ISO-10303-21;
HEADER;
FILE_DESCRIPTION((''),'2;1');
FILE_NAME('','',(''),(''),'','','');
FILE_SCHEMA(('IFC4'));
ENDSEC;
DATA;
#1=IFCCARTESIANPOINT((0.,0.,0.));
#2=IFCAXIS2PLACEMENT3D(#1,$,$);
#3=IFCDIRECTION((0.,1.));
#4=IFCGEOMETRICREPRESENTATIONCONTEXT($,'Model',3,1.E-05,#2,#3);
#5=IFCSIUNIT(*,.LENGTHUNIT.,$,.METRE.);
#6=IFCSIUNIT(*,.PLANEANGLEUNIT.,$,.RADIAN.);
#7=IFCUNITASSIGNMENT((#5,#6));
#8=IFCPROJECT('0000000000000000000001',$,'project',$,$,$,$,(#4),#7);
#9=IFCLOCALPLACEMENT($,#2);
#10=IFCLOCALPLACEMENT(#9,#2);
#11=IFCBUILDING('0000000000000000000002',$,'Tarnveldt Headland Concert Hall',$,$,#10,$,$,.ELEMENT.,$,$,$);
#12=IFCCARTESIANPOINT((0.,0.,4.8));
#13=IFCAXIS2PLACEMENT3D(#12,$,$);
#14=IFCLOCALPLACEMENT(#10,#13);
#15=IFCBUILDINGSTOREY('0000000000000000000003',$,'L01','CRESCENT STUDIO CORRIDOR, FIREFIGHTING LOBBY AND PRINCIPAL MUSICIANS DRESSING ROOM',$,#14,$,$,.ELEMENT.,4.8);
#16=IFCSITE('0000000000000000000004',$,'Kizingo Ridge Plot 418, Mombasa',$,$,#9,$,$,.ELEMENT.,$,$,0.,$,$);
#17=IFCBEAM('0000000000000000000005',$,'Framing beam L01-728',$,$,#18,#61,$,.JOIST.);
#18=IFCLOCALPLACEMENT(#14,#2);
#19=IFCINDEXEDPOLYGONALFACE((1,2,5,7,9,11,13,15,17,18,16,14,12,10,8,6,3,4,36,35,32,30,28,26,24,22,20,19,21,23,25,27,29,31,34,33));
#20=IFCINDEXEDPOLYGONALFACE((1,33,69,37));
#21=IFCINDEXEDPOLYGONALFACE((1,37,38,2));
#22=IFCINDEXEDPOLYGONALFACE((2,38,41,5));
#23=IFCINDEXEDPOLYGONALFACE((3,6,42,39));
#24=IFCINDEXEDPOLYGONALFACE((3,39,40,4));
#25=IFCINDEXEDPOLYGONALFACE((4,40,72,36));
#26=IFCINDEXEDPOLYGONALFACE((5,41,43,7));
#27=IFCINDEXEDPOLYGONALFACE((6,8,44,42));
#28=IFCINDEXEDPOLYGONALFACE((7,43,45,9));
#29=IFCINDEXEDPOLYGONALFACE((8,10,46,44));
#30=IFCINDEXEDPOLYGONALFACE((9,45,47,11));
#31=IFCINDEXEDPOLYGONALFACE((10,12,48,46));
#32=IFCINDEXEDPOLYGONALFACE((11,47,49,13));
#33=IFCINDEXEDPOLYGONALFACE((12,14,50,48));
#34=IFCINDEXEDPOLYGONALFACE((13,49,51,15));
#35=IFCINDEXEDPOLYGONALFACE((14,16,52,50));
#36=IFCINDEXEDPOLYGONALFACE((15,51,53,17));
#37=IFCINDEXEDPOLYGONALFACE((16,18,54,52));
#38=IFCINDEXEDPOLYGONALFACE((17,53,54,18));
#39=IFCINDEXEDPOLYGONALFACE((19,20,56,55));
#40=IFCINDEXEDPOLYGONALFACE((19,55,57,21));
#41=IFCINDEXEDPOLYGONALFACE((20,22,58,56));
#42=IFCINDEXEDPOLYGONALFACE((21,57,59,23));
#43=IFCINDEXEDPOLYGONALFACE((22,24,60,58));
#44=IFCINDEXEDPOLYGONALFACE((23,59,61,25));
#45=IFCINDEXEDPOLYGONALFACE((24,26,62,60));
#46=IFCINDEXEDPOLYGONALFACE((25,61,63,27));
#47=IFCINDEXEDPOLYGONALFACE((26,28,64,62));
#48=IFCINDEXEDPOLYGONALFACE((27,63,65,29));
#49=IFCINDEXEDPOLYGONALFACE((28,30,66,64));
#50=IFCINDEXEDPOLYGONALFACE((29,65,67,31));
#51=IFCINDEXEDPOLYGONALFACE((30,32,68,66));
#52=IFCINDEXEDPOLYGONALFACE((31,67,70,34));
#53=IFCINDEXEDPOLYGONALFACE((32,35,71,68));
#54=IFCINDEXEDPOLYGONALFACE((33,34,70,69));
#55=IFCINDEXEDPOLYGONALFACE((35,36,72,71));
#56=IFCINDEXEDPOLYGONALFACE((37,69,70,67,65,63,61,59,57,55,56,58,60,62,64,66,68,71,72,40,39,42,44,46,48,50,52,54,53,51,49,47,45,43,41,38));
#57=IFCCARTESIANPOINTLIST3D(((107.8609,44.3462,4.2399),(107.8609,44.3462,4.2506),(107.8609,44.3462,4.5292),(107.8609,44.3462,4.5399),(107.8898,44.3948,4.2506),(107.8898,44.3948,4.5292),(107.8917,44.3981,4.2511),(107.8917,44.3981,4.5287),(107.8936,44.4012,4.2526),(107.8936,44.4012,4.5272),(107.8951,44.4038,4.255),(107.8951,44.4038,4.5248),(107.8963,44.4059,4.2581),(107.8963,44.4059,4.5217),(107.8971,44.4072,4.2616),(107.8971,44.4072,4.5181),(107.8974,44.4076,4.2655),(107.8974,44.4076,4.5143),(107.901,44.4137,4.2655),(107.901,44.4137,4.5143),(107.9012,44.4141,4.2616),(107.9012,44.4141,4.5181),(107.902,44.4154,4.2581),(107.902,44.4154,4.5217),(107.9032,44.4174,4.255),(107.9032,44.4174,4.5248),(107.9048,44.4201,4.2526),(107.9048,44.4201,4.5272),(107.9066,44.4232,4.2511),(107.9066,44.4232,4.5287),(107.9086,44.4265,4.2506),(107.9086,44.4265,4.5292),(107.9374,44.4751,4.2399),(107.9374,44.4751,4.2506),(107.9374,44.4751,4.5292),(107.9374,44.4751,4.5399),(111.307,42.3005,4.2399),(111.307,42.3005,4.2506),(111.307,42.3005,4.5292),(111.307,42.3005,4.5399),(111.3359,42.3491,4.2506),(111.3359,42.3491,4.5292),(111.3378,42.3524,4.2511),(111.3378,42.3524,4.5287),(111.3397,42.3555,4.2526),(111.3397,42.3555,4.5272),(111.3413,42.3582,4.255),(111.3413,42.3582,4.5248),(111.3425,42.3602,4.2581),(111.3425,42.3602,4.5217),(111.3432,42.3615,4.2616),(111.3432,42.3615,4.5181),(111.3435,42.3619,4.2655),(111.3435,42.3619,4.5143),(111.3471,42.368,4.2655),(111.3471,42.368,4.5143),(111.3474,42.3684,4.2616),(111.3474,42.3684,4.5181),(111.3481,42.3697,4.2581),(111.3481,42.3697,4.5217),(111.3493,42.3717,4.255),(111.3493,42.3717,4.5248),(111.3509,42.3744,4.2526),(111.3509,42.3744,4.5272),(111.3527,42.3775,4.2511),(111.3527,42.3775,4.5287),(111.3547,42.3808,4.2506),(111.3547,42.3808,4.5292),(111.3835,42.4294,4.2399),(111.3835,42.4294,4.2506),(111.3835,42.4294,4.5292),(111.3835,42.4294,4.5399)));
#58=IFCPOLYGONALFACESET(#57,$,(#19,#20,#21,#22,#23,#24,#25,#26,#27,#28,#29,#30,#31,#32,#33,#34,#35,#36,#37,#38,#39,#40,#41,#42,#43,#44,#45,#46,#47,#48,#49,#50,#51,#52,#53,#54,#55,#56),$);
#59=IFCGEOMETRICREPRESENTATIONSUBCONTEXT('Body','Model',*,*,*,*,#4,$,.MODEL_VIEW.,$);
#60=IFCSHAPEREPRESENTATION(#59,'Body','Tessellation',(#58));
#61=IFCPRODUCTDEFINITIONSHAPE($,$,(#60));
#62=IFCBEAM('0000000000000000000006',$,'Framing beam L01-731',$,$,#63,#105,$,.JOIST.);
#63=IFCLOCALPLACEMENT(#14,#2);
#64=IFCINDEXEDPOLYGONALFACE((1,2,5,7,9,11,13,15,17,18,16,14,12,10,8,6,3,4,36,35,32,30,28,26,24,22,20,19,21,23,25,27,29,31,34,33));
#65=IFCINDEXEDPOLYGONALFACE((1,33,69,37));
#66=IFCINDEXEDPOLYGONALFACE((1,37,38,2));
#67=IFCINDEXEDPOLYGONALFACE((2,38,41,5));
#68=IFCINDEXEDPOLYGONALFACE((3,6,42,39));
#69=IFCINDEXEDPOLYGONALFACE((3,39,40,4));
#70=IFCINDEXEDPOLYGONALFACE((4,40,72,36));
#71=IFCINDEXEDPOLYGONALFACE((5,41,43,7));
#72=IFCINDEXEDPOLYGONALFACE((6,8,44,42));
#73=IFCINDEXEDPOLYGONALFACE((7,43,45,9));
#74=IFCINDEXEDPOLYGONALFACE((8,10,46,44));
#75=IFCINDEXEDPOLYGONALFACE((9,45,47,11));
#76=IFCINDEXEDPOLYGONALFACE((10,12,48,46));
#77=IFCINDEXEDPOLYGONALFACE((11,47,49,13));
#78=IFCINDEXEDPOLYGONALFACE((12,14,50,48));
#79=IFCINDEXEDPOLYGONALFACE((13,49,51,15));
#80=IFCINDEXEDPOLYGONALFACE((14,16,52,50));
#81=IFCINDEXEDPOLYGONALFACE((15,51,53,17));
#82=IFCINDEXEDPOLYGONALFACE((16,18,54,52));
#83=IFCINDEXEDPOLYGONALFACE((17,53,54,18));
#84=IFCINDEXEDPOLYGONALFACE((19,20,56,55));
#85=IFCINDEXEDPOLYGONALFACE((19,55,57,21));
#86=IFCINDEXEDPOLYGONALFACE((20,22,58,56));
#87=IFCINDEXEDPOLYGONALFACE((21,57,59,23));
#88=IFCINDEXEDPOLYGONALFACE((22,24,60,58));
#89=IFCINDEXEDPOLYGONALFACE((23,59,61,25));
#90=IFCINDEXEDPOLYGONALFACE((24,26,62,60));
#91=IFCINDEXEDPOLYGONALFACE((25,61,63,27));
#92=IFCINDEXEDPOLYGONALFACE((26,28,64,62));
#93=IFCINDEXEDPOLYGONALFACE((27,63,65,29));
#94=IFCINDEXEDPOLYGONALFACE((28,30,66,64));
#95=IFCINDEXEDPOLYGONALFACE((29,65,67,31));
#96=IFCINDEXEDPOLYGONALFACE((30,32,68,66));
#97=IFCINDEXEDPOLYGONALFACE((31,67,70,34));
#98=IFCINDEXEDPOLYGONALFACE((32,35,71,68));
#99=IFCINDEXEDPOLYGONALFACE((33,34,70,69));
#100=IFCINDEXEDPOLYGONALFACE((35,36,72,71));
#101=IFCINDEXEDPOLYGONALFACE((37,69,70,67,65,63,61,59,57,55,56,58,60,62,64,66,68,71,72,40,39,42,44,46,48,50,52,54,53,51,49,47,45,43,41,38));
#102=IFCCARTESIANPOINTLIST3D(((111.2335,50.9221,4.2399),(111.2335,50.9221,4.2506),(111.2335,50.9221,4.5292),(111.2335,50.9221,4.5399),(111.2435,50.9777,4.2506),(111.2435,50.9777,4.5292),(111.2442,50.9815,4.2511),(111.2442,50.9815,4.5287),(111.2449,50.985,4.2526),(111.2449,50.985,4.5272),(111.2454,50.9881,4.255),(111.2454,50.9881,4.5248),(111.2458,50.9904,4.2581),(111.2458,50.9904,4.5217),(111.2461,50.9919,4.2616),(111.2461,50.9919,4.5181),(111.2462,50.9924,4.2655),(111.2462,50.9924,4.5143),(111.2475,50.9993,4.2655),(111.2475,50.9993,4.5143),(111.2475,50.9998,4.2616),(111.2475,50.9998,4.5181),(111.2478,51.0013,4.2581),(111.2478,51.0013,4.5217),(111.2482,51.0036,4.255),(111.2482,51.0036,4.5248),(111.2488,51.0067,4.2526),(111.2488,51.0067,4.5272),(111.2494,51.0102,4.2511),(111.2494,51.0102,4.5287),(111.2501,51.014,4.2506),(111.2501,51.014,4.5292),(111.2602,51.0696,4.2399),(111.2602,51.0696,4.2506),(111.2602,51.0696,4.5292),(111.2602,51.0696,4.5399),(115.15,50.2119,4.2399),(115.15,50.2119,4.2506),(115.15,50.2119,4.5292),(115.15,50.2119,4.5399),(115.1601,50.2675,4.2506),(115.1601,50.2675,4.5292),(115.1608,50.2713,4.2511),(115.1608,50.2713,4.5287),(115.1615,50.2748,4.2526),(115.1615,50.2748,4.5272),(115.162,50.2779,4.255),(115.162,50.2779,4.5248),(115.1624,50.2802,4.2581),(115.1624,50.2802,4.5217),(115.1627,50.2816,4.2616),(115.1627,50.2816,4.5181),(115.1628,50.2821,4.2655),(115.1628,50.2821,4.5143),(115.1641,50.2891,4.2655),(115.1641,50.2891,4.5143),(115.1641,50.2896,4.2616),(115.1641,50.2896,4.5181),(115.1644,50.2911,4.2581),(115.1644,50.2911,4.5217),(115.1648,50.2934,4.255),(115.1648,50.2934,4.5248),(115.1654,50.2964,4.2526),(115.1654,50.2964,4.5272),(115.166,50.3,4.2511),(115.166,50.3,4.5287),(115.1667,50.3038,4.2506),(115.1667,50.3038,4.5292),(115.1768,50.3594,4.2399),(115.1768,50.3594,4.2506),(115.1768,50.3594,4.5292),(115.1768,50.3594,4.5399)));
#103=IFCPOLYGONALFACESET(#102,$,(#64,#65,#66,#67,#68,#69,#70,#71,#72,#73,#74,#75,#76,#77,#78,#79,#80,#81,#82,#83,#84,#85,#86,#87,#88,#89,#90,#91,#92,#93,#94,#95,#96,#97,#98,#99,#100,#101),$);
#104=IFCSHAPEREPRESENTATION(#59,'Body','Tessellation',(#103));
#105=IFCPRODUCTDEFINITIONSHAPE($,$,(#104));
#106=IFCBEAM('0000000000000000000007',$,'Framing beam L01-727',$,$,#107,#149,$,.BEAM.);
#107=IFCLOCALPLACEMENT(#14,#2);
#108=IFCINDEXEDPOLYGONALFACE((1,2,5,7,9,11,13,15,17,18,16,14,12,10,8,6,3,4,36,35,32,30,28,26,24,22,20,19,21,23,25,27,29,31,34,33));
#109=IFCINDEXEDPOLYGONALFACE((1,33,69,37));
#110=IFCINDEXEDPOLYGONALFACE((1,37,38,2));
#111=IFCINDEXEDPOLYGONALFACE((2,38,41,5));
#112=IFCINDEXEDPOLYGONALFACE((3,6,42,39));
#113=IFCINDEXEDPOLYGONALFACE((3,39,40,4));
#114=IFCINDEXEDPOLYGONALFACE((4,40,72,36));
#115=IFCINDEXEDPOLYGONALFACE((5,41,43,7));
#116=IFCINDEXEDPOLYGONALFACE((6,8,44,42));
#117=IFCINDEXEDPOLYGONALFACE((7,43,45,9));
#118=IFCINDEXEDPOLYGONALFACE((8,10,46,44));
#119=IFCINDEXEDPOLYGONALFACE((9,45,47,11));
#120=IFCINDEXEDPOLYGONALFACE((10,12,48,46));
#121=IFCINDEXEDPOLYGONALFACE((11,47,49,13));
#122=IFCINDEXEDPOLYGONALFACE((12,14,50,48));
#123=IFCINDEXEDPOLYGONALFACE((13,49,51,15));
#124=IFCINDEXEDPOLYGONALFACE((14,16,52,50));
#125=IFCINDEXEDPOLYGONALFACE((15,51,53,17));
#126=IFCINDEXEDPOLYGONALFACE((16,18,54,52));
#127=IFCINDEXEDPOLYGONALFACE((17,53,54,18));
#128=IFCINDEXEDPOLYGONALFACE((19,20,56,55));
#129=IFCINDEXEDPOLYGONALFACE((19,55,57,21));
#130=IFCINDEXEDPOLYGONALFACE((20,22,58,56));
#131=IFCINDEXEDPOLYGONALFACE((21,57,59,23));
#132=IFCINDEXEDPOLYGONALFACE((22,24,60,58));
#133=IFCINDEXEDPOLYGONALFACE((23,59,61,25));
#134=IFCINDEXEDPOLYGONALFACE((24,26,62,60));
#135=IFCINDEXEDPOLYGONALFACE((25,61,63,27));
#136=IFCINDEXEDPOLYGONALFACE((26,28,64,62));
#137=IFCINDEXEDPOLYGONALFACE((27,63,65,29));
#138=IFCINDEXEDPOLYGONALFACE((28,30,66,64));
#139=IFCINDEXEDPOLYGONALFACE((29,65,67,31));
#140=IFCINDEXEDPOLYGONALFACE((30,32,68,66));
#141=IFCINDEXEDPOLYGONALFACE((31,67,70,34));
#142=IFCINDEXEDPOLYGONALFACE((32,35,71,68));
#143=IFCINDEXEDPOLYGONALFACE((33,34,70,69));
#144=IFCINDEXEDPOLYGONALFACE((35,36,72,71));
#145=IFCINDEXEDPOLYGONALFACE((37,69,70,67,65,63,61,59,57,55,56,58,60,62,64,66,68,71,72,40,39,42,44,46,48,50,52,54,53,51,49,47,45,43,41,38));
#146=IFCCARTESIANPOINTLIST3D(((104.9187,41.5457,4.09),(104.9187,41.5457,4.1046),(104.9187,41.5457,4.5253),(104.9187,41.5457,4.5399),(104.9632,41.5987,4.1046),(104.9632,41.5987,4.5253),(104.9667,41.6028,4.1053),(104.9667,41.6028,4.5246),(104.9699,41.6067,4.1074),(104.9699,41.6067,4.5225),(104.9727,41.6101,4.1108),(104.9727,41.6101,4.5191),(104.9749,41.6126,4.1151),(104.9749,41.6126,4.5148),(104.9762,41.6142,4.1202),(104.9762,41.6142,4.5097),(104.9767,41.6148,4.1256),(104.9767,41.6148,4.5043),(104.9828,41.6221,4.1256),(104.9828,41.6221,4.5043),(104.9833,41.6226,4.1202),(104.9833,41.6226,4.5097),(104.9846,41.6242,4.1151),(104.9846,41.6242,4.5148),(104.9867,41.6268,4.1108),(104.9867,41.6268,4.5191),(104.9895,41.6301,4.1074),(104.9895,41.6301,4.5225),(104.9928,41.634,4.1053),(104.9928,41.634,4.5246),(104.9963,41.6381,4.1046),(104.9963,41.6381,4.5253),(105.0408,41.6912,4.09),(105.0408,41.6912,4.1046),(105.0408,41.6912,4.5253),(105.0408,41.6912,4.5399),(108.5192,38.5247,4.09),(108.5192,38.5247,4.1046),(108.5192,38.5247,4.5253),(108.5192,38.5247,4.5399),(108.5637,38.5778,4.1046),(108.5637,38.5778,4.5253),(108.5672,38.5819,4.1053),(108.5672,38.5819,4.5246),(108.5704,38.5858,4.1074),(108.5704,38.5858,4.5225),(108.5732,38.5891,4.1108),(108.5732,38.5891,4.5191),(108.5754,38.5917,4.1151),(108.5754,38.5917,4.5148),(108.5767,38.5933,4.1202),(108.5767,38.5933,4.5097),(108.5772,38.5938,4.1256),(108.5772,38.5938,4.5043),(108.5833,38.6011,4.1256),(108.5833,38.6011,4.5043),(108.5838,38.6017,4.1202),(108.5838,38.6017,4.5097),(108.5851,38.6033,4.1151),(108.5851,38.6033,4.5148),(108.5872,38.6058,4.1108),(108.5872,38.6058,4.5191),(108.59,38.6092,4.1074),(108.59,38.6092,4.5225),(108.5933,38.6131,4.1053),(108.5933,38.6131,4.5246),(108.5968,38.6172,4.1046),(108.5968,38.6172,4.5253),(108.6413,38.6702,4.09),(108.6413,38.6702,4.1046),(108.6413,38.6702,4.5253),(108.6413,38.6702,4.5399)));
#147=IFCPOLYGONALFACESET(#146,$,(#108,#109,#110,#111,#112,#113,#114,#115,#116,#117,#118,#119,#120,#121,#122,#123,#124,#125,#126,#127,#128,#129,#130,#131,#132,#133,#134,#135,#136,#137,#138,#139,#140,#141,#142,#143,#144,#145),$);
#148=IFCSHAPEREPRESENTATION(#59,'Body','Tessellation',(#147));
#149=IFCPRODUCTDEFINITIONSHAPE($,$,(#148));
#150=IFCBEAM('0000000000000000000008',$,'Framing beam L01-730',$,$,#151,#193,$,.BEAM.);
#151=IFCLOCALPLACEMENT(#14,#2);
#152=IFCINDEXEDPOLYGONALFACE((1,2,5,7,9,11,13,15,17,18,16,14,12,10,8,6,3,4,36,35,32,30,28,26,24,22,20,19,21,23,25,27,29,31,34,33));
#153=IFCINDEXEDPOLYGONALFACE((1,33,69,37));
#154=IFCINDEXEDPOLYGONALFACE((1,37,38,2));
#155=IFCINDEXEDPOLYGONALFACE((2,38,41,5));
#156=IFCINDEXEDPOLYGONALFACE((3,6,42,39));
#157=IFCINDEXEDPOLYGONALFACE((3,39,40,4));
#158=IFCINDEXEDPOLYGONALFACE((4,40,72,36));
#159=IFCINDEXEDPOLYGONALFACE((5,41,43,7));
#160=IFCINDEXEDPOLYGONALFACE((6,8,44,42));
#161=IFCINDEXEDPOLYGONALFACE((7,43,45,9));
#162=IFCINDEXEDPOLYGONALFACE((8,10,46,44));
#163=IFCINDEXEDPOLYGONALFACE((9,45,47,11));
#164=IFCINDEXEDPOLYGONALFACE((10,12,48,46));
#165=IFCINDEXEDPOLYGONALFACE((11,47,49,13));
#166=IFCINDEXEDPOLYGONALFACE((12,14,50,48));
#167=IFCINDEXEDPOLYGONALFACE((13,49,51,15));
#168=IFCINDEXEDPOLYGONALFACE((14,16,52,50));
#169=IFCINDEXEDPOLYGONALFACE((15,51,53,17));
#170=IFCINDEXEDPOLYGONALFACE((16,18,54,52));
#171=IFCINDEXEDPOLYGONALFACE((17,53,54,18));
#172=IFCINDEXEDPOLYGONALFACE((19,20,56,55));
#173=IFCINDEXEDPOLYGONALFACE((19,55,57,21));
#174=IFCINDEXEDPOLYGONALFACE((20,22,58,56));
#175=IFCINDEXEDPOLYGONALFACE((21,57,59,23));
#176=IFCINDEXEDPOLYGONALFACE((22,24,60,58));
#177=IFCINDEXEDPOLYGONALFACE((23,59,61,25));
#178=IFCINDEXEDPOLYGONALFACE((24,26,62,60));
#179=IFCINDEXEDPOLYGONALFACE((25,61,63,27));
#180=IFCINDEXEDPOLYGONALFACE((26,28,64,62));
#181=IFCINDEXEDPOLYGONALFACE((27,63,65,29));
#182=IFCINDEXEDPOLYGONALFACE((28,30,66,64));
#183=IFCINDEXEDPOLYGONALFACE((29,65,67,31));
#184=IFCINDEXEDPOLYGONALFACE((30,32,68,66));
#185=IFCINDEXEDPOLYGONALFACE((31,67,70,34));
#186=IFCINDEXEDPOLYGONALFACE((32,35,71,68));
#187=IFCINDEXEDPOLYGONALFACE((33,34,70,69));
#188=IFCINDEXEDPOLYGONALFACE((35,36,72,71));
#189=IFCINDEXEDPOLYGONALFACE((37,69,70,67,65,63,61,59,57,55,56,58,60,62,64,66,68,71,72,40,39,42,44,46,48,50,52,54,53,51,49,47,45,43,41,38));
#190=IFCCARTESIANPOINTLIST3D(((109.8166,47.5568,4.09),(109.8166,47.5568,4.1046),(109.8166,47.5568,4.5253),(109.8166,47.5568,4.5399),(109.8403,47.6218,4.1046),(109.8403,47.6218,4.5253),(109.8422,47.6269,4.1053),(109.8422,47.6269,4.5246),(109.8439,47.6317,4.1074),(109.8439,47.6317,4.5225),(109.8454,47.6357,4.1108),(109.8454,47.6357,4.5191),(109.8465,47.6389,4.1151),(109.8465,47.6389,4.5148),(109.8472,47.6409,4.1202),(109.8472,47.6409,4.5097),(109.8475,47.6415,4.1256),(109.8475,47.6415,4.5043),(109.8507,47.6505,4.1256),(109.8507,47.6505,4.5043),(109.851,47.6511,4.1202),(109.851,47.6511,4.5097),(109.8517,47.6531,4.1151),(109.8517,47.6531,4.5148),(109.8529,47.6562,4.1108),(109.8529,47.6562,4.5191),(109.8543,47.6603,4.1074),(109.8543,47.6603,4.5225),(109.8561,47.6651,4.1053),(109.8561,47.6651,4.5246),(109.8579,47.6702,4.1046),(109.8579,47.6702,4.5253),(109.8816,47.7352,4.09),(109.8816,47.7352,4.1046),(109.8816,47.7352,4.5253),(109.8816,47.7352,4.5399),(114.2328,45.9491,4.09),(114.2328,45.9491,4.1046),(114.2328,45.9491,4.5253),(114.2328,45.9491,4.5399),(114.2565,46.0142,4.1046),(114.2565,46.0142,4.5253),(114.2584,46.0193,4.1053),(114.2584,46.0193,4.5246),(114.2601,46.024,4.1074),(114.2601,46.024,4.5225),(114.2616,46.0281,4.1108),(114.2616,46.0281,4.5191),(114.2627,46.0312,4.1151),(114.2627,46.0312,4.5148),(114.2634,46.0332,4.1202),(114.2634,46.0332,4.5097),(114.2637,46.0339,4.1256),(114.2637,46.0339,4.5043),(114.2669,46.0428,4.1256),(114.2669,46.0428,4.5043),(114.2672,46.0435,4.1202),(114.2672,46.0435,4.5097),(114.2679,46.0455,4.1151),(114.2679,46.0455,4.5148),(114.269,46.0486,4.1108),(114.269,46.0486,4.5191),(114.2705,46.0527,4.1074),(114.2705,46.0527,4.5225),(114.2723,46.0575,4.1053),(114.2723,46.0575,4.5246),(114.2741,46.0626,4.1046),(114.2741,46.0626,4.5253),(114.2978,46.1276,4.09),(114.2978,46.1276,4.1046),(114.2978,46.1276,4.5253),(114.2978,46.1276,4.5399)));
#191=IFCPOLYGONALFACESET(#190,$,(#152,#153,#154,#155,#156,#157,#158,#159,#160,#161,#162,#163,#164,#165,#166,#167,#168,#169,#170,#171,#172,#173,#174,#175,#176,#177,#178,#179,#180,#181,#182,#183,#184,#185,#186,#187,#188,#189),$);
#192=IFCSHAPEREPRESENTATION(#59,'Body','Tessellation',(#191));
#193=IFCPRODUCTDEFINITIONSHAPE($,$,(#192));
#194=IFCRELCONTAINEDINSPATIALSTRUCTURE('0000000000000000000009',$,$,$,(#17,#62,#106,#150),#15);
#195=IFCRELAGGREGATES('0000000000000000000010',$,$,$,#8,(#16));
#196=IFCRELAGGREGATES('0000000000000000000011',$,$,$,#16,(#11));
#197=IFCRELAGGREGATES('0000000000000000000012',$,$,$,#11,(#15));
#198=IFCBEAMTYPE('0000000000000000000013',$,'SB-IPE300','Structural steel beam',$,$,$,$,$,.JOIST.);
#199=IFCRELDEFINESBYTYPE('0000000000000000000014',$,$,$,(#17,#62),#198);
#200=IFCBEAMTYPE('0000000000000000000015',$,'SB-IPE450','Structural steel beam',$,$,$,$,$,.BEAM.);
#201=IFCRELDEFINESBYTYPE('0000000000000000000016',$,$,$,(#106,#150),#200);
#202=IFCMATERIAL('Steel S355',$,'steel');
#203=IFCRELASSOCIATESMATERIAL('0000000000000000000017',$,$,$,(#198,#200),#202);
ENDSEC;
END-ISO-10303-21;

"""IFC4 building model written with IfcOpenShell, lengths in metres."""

from ifc_helpers import new_model, si_unit, direction, frame, origin, origin_2d, place, context, subcontext, project, spatial, i_section, extrude, material, material_profile, profile_set, type_object, element, save


model = new_model("IFC4")

# Units and contexts
model_context = context("Model", 3, precision=1e-05, world=origin(), true_north=direction((0.0, 1.0)))
body_context = subcontext(model_context, "Body", "Model", "MODEL_VIEW")
ifc_project = project(units=[si_unit("LENGTHUNIT", "METRE"), si_unit("PLANEANGLEUNIT", "RADIAN")], contexts=[model_context])

# Site, building, storey
site_placement = place(None, origin())
site = spatial("IfcSite", under=ifc_project, at=site_placement, Name="Kizingo Ridge Plot 418, Mombasa", CompositionType="ELEMENT", RefElevation=0.0)
building_placement = place(site_placement, origin())
building = spatial("IfcBuilding", under=site, at=building_placement, Name="Tarnveldt Headland Concert Hall", CompositionType="ELEMENT")
storey_placement = place(building_placement, frame((0.0, 0.0, 4.8)))
storey = spatial("IfcBuildingStorey", under=building, at=storey_placement, Name="L01", Description="CRESCENT STUDIO CORRIDOR, FIREFIGHTING LOBBY AND PRINCIPAL MUSICIANS DRESSING ROOM", CompositionType="ELEMENT", Elevation=4.8)

# Shared definitions
ifc_material_1 = material(Name="Steel S355", Category="steel")

# Beams
ifc_material_profile_1 = material_profile(ifc_material_1, i_section(OverallWidth=0.1499, OverallDepth=0.3, WebThickness=0.0071, FlangeThickness=0.0107, FilletRadius=0.0149, at=origin_2d()), Name="IPE300", Category="steel")
ifc_profile_set_1 = profile_set([ifc_material_profile_1], Name="Steel S355")
beam_type_1 = type_object("IfcBeamType", Name="SB-IPE300", Description="Structural steel beam", PredefinedType="JOIST", material=ifc_profile_set_1)
beam_1_placement = place(storey_placement, frame((107.8992, 44.4106, 4.3899), z_axis=(0.859902, -0.510459, 0.0), x_axis=(0.510459, 0.859902, 0.0)))
element("IfcBeam", 1, at=beam_1_placement, inside=storey, type_object=beam_type_1, Name="Framing beam L01-728", PredefinedType="JOIST", context=body_context, shape_type="SweptSolid", body=[
    extrude(i_section(OverallWidth=0.1499, OverallDepth=0.3, WebThickness=0.0071, FlangeThickness=0.0107, FilletRadius=0.0149, at=origin_2d()), origin(), (0.0, 0.0, 1.0), 4.0076),
])
beam_2_placement = place(storey_placement, frame((111.2468, 50.9958, 4.3899), z_axis=(0.983953, -0.178427, 0.0), x_axis=(0.178427, 0.983953, 0.0)))
element("IfcBeam", 2, at=beam_2_placement, inside=storey, type_object=beam_type_1, Name="Framing beam L01-731", PredefinedType="JOIST", context=body_context, shape_type="SweptSolid", body=[
    extrude(i_section(OverallWidth=0.1499, OverallDepth=0.3, WebThickness=0.0071, FlangeThickness=0.0107, FilletRadius=0.0149, at=origin_2d()), origin(), (0.0, 0.0, 1.0), 3.9805),
])
ifc_material_profile_2 = material_profile(ifc_material_1, i_section(OverallWidth=0.1899, OverallDepth=0.45, WebThickness=0.0095, FlangeThickness=0.0146, FilletRadius=0.021, at=origin_2d()), Name="IPE450", Category="steel")
ifc_profile_set_2 = profile_set([ifc_material_profile_2], Name="Steel S355")
beam_type_2 = type_object("IfcBeamType", Name="SB-IPE450", Description="Structural steel beam", PredefinedType="BEAM", material=ifc_profile_set_2)
beam_3_placement = place(storey_placement, frame((104.9797, 41.6184, 4.3149), z_axis=(0.766071, -0.642756, 0.0), x_axis=(0.642756, 0.766071, 0.0)))
element("IfcBeam", 3, at=beam_3_placement, inside=storey, type_object=beam_type_2, Name="Framing beam L01-727", PredefinedType="BEAM", context=body_context, shape_type="SweptSolid", body=[
    extrude(i_section(OverallWidth=0.1899, OverallDepth=0.45, WebThickness=0.0095, FlangeThickness=0.0146, FilletRadius=0.021, at=origin_2d()), origin(), (0.0, 0.0, 1.0), 4.7),
])
beam_4_placement = place(storey_placement, frame((109.8491, 47.646, 4.3149), z_axis=(0.939674, -0.342073, 0.0), x_axis=(0.342073, 0.939674, 0.0)))
element("IfcBeam", 4, at=beam_4_placement, inside=storey, type_object=beam_type_2, Name="Framing beam L01-730", PredefinedType="BEAM", context=body_context, shape_type="SweptSolid", body=[
    extrude(i_section(OverallWidth=0.1899, OverallDepth=0.45, WebThickness=0.0095, FlangeThickness=0.0146, FilletRadius=0.021, at=origin_2d()), origin(), (0.0, 0.0, 1.0), 4.6997),
])

save(model, "model.ifc")
